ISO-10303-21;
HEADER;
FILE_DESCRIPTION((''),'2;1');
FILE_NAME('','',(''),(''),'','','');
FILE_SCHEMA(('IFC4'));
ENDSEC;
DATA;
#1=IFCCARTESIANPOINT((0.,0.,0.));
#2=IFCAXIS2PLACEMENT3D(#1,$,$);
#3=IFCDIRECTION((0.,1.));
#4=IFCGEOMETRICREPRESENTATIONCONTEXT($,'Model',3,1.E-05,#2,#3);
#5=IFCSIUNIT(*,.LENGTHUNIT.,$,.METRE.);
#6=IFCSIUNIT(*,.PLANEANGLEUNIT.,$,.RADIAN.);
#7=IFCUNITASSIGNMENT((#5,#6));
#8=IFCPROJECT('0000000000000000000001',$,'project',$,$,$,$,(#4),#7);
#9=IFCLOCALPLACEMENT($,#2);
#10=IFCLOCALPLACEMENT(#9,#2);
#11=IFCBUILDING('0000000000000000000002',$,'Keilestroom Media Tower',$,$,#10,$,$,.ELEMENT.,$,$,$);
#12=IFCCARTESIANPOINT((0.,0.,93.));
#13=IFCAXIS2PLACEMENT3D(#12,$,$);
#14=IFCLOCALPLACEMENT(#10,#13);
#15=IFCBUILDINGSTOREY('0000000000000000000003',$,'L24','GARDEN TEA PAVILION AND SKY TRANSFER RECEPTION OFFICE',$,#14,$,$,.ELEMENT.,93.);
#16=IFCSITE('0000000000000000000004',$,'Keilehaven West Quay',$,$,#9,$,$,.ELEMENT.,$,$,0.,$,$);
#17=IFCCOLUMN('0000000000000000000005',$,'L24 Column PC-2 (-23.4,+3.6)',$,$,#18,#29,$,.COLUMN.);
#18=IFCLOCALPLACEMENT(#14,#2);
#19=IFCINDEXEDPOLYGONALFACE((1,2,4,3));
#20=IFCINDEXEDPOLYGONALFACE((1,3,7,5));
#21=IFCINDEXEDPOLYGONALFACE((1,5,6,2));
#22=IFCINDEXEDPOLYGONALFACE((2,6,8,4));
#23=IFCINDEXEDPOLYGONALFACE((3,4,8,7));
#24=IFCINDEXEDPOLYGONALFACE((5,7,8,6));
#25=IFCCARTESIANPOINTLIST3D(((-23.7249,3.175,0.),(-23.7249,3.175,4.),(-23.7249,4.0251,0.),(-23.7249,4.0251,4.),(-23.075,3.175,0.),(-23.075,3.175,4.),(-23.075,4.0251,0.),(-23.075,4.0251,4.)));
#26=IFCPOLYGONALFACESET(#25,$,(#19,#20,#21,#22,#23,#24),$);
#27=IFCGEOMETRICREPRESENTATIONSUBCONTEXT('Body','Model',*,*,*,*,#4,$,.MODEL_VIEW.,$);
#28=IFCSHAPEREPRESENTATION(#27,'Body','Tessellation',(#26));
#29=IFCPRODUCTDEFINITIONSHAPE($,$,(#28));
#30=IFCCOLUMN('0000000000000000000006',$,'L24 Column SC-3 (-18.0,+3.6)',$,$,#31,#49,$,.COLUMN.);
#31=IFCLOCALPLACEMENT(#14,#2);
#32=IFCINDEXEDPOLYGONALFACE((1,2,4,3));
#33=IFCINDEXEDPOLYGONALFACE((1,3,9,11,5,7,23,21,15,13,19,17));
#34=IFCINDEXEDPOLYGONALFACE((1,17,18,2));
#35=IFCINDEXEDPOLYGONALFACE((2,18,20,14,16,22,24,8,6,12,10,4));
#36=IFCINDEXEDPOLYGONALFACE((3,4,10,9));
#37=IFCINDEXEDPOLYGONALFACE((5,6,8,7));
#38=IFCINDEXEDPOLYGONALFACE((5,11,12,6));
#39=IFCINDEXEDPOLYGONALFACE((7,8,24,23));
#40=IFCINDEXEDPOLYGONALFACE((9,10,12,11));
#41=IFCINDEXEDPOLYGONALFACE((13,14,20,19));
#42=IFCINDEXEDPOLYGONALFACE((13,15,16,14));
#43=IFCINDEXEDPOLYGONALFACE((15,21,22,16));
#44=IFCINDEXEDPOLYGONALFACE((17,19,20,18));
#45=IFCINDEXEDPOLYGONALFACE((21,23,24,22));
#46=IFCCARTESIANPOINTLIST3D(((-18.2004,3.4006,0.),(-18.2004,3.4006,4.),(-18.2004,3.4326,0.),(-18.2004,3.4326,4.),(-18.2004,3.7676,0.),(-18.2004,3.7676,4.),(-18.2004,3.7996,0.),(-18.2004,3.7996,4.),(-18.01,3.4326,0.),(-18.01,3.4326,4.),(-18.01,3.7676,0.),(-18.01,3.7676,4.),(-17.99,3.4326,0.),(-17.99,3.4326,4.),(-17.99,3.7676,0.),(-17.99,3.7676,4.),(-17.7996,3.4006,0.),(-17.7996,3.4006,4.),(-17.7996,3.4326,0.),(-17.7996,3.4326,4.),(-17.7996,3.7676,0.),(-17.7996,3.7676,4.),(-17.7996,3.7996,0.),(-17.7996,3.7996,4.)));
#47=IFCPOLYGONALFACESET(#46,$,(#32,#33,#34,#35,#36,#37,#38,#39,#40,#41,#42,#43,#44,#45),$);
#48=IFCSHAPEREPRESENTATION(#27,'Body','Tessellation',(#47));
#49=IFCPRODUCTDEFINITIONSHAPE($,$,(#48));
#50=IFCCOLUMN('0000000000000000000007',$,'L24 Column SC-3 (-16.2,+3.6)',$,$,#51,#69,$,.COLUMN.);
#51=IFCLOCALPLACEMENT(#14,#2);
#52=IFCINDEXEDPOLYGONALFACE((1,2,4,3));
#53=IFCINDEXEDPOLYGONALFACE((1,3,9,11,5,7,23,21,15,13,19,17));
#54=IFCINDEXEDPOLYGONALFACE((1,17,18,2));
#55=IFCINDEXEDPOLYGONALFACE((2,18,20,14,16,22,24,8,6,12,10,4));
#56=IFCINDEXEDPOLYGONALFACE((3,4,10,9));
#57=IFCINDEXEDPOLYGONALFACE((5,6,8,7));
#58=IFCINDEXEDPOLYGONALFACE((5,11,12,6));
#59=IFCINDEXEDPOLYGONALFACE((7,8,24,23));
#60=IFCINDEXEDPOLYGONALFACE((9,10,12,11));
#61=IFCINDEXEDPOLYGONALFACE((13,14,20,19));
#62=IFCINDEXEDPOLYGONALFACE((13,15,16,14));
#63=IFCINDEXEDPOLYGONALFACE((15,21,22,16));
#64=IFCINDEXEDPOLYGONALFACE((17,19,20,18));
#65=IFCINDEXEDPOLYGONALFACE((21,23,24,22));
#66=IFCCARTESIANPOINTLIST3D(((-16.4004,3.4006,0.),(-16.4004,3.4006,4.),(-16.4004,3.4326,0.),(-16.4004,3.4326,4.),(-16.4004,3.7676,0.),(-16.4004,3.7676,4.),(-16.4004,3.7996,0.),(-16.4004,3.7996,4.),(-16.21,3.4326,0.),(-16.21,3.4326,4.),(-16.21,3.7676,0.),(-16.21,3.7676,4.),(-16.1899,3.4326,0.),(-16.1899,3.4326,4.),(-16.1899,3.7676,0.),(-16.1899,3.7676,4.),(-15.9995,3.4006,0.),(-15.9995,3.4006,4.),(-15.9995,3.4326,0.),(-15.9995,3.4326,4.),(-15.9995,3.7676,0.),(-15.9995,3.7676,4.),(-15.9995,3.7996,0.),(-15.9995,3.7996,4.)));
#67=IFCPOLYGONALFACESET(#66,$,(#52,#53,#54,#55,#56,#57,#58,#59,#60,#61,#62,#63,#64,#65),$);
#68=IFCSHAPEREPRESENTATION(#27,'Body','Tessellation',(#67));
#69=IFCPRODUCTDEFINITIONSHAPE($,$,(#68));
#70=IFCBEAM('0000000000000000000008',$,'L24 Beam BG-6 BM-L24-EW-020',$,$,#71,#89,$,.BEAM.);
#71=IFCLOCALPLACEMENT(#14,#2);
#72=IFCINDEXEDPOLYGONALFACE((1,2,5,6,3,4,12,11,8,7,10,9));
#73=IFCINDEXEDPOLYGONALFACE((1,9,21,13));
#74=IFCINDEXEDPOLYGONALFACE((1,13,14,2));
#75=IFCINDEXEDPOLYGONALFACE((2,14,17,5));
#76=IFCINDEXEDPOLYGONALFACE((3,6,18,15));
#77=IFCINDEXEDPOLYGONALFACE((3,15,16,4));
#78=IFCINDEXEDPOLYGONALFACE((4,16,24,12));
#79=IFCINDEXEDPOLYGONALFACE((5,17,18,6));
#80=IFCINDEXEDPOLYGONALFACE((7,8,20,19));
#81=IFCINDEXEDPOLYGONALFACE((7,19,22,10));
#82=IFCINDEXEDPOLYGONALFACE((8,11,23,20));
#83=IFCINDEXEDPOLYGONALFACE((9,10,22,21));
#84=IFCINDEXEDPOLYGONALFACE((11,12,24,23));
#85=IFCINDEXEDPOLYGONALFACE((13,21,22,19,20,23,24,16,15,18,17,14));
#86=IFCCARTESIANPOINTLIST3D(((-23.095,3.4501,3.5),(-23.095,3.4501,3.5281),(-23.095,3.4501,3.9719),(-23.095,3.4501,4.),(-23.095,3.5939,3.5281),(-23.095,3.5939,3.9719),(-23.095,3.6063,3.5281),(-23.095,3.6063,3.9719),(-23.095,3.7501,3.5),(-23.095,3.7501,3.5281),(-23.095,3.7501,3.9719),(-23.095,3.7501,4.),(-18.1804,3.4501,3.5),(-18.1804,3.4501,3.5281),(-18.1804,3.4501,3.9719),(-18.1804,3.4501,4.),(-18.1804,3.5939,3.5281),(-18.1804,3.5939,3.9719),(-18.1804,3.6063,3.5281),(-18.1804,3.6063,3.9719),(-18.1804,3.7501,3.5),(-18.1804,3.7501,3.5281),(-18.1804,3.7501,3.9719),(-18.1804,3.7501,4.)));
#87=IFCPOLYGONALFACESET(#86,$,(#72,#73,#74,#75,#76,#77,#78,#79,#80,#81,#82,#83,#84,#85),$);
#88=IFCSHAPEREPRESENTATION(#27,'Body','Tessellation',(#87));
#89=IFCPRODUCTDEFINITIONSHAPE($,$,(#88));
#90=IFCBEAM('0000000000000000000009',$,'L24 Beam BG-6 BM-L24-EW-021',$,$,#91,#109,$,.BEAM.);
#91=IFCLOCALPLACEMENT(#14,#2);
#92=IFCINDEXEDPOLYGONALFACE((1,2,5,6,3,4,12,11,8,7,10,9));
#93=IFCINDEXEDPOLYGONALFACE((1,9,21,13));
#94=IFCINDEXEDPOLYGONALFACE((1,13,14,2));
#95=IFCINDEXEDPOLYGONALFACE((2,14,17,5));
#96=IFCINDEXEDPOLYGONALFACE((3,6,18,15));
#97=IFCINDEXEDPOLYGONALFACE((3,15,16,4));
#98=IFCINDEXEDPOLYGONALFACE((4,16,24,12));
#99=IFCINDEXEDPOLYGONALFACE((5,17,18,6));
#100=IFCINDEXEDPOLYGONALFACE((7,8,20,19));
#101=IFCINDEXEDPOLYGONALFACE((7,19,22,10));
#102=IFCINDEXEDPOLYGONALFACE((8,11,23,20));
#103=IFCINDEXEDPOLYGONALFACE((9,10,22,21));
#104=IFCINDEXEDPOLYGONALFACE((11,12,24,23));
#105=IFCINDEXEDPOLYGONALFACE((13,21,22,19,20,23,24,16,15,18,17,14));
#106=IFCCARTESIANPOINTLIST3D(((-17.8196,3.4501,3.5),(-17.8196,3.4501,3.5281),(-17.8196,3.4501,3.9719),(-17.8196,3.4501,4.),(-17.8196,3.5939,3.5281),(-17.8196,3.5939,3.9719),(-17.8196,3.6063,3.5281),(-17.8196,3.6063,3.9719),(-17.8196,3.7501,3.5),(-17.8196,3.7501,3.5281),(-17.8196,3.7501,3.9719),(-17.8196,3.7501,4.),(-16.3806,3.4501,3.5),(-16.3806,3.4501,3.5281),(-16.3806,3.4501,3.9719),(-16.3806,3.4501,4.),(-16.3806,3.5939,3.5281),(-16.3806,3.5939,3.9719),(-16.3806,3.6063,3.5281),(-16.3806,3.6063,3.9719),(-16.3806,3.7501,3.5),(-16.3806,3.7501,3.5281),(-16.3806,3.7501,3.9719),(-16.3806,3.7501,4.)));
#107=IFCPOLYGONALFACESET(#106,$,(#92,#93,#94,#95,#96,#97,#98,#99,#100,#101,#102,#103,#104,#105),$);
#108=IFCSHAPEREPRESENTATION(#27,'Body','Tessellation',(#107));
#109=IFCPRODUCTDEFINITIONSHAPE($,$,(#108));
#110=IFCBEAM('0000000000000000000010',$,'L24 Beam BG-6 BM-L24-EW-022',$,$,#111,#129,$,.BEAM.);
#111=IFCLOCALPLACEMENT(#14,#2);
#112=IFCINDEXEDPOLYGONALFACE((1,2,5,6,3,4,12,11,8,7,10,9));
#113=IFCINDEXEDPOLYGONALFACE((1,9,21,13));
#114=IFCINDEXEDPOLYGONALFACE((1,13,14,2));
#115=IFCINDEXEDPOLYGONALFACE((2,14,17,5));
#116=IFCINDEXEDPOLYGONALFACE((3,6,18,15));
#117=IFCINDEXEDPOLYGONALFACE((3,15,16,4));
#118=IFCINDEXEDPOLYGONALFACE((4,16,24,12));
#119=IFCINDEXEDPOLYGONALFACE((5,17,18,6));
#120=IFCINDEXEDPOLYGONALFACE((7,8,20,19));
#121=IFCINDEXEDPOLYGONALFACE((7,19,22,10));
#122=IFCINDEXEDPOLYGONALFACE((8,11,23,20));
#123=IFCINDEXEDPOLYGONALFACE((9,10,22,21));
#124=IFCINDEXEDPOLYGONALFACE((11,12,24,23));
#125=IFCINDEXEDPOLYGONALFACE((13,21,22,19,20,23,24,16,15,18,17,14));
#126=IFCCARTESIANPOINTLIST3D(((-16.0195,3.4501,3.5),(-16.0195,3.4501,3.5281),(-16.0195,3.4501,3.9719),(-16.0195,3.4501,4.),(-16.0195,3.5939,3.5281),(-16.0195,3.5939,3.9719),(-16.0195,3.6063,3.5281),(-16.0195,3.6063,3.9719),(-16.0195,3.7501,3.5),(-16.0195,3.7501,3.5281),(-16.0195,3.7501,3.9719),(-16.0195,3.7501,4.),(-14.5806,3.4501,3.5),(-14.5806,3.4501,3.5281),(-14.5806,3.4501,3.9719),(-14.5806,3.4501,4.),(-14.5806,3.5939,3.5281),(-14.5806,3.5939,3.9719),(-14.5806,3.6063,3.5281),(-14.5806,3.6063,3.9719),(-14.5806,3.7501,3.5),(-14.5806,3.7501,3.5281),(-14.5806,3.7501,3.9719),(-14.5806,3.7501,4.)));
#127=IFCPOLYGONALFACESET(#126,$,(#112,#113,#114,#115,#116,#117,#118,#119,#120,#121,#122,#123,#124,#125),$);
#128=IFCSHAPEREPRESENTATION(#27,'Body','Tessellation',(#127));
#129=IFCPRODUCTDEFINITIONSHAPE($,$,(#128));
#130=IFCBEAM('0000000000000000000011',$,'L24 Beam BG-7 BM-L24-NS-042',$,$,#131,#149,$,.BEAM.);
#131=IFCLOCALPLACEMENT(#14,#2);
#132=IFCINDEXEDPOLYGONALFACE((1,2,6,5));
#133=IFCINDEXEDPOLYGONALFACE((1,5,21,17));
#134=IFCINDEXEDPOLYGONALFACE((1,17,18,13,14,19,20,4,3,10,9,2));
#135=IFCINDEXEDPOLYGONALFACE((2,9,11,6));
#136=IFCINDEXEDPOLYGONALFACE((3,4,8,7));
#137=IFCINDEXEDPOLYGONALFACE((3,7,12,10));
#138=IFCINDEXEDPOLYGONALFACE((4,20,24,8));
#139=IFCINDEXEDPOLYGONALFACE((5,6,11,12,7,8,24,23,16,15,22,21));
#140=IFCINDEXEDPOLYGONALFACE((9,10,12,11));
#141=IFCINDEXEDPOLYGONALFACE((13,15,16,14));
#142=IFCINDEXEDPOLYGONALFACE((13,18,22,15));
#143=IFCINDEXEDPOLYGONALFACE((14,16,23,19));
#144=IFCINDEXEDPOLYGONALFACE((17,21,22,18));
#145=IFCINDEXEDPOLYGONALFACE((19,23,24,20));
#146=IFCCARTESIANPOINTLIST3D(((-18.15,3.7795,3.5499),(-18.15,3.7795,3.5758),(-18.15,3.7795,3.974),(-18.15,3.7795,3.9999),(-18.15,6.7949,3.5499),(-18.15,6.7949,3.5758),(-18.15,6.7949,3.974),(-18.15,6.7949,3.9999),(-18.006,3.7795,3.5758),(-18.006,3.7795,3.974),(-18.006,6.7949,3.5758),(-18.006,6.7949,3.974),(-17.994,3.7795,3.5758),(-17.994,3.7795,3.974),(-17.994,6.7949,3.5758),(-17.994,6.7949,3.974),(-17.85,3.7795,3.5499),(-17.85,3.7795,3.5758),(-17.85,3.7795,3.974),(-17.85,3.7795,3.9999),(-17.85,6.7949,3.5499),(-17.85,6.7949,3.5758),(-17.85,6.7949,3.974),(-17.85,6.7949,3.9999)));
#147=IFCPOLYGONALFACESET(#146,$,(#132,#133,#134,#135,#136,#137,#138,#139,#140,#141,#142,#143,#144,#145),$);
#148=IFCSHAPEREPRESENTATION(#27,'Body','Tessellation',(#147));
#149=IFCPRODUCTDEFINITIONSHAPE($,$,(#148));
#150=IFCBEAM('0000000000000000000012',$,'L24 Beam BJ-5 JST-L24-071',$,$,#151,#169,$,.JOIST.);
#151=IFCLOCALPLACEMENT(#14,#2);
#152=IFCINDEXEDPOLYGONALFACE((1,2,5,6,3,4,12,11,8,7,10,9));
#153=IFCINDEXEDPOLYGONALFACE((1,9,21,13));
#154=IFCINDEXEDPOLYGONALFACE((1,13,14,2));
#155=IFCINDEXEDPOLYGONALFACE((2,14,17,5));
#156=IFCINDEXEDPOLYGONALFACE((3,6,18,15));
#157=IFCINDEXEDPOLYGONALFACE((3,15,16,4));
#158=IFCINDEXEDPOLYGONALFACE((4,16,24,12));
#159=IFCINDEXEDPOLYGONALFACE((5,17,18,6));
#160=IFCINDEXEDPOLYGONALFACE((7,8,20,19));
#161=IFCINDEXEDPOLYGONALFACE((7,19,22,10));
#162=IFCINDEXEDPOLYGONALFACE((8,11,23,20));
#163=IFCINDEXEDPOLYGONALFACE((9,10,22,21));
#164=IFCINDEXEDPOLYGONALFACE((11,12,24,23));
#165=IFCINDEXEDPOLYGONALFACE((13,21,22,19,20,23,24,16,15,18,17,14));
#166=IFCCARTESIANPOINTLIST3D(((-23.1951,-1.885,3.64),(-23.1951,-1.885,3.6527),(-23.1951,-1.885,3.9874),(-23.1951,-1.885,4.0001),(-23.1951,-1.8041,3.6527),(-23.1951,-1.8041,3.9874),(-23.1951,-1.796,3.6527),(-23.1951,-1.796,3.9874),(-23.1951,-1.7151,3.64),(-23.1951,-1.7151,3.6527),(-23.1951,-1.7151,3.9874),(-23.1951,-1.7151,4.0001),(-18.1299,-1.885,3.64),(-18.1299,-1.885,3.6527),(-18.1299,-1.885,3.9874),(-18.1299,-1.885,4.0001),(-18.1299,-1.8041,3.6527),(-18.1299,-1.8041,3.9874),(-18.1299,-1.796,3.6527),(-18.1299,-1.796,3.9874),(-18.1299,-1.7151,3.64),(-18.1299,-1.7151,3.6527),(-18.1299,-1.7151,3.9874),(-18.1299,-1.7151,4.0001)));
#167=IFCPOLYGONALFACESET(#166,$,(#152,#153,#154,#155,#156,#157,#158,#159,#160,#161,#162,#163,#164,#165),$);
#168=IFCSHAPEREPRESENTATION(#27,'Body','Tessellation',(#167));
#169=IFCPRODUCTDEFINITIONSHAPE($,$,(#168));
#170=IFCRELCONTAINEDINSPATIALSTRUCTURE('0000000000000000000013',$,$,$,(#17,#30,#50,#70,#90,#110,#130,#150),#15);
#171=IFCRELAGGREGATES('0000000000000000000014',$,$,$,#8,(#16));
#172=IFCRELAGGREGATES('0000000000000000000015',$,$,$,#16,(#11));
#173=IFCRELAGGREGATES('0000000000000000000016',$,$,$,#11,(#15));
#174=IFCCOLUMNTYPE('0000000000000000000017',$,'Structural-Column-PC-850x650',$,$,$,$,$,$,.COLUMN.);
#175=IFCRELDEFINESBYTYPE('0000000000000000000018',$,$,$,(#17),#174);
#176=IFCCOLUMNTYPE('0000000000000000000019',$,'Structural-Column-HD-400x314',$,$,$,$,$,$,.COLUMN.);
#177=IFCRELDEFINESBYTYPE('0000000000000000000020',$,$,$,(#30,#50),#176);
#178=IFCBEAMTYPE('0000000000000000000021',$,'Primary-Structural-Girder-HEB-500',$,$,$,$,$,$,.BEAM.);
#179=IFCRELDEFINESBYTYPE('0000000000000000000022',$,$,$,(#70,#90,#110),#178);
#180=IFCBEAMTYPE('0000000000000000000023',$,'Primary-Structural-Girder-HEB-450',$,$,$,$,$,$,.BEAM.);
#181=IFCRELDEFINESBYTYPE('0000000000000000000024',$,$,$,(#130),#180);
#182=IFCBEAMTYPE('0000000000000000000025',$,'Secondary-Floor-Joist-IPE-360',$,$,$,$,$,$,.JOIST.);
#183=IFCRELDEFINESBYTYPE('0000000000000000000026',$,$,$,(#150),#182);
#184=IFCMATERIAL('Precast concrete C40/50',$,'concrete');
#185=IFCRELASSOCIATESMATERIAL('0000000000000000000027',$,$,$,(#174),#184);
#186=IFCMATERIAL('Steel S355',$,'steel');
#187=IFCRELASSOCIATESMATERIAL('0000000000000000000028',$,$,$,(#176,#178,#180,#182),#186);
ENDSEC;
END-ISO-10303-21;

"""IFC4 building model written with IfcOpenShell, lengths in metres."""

from ifc_helpers import new_model, si_unit, direction, frame, origin, origin_2d, place, context, subcontext, project, spatial, rectangle, i_section, extrude, source, transform, mapped, material, material_profile, profile_set, type_object, element, save


model = new_model("IFC4")

# Units and contexts
model_context = context("Model", 3, precision=1e-05, world=origin(), true_north=direction((0.0, 1.0)))
body_context = subcontext(model_context, "Body", "Model", "MODEL_VIEW")
ifc_project = project(units=[si_unit("LENGTHUNIT", "METRE"), si_unit("PLANEANGLEUNIT", "RADIAN")], contexts=[model_context])

# Site, building, storey
site_placement = place(None, origin())
site = spatial("IfcSite", under=ifc_project, at=site_placement, Name="Keilehaven West Quay", CompositionType="ELEMENT", RefElevation=0.0)
building_placement = place(site_placement, origin())
building = spatial("IfcBuilding", under=site, at=building_placement, Name="Keilestroom Media Tower", CompositionType="ELEMENT")
storey_placement = place(building_placement, frame((0.0, 0.0, 93.0)))
storey = spatial("IfcBuildingStorey", under=building, at=storey_placement, Name="L24", Description="GARDEN TEA PAVILION AND SKY TRANSFER RECEPTION OFFICE", CompositionType="ELEMENT", Elevation=93.0)

# Columns
ifc_material_1 = material(Name="Precast concrete C40/50", Category="concrete")
ifc_material_profile_1 = material_profile(ifc_material_1, rectangle(XDim=0.6499, YDim=0.8501, at=origin_2d()), Name="PC 850x650")
ifc_profile_set_1 = profile_set([ifc_material_profile_1], Name="Precast concrete C40/50")
column_type_1 = type_object("IfcColumnType", Name="Structural-Column-PC-850x650", PredefinedType="COLUMN", material=ifc_profile_set_1)
shared_shape_1 = source(origin(), body_context, "Body", "SweptSolid", [
    extrude(rectangle(XDim=0.6499, YDim=0.8501, at=origin_2d()), origin(), (0.0, 0.0, 1.0), 4.0),
])
column_placement = place(storey_placement, frame((-23.3999, 3.6001, 0.0), z_axis=(0.0, 0.0, 1.0), x_axis=(1.0, 0.0, 0.0)))
element("IfcColumn", 1, at=column_placement, inside=storey, type_object=column_type_1, Name="L24 Column PC-2 (-23.4,+3.6)", PredefinedType="COLUMN", context=body_context, shape_type="MappedRepresentation", body=[
    mapped(shared_shape_1, transform((0.0, 0.0, 0.0), x_axis=(1.0, 0.0, 0.0), y_axis=(0.0, 1.0, 0.0), z_axis=(0.0, 0.0, 1.0), scale=1.0)),
])
ifc_material_2 = material(Name="Steel S355", Category="steel")
ifc_material_profile_2 = material_profile(ifc_material_2, i_section(OverallWidth=0.4009, OverallDepth=0.3989, WebThickness=0.02, FlangeThickness=0.032, at=origin_2d()), Name="HD 400x314")
ifc_profile_set_2 = profile_set([ifc_material_profile_2], Name="Steel S355")
column_type_2 = type_object("IfcColumnType", Name="Structural-Column-HD-400x314", PredefinedType="COLUMN", material=ifc_profile_set_2)
shared_shape_2 = source(origin(), body_context, "Body", "SweptSolid", [
    extrude(i_section(OverallWidth=0.4009, OverallDepth=0.3989, WebThickness=0.02, FlangeThickness=0.032, at=origin_2d()), origin(), (0.0, 0.0, 1.0), 4.0),
])
for number, where, z_axis, x_axis, name in (
    (2, (-18.0, 3.6001, 0.0), (0.0, 0.0, 1.0), (1.0, 0.0, 0.0), "L24 Column SC-3 (-18.0,+3.6)"),
    (3, (-16.2, 3.6001, 0.0), (0.0, 0.0, 1.0), (1.0, 0.0, 0.0), "L24 Column SC-3 (-16.2,+3.6)"),
):
    element("IfcColumn", number, at=place(storey_placement, frame(where, z_axis=z_axis, x_axis=x_axis)), inside=storey, type_object=column_type_2, Name=name, PredefinedType="COLUMN", context=body_context, shape_type="MappedRepresentation", body=[
        mapped(shared_shape_2, transform((0.0, 0.0, 0.0), x_axis=(1.0, 0.0, 0.0), y_axis=(0.0, 1.0, 0.0), z_axis=(0.0, 0.0, 1.0), scale=1.0)),
    ])

# Beams
ifc_material_profile_3 = material_profile(ifc_material_2, i_section(OverallWidth=0.3, OverallDepth=0.5, WebThickness=0.0125, FlangeThickness=0.0281, at=origin_2d()), Name="HEB 500")
ifc_profile_set_3 = profile_set([ifc_material_profile_3], Name="Steel S355")
beam_type_1 = type_object("IfcBeamType", Name="Primary-Structural-Girder-HEB-500", PredefinedType="BEAM", material=ifc_profile_set_3)
shared_shape_3 = source(origin(), body_context, "Body", "SweptSolid", [
    extrude(i_section(OverallWidth=0.3, OverallDepth=0.5, WebThickness=0.0125, FlangeThickness=0.0281, at=origin_2d()), origin(), (0.0, 0.0, 1.0), 4.9146),
])
beam_1_placement = place(storey_placement, frame((-23.095, 3.6001, 3.75), z_axis=(1.0, 0.0, 0.0), x_axis=(0.0, 1.0, 0.0)))
element("IfcBeam", 4, at=beam_1_placement, inside=storey, type_object=beam_type_1, Name="L24 Beam BG-6 BM-L24-EW-020", PredefinedType="BEAM", context=body_context, shape_type="MappedRepresentation", body=[
    mapped(shared_shape_3, transform((0.0, 0.0, 0.0), x_axis=(1.0, 0.0, 0.0), y_axis=(0.0, 1.0, 0.0), z_axis=(0.0, 0.0, 1.0), scale=1.0)),
])
shared_shape_4 = source(origin(), body_context, "Body", "SweptSolid", [
    extrude(i_section(OverallWidth=0.3, OverallDepth=0.5, WebThickness=0.0125, FlangeThickness=0.0281, at=origin_2d()), origin(), (0.0, 0.0, 1.0), 1.439),
])
for number, where, z_axis, x_axis, name in (
    (5, (-17.8196, 3.6001, 3.75), (1.0, 0.0, 0.0), (0.0, 1.0, 0.0), "L24 Beam BG-6 BM-L24-EW-021"),
    (6, (-16.0195, 3.6001, 3.75), (1.0, 0.0, 0.0), (0.0, 1.0, 0.0), "L24 Beam BG-6 BM-L24-EW-022"),
):
    element("IfcBeam", number, at=place(storey_placement, frame(where, z_axis=z_axis, x_axis=x_axis)), inside=storey, type_object=beam_type_1, Name=name, PredefinedType="BEAM", context=body_context, shape_type="MappedRepresentation", body=[
        mapped(shared_shape_4, transform((0.0, 0.0, 0.0), x_axis=(1.0, 0.0, 0.0), y_axis=(0.0, 1.0, 0.0), z_axis=(0.0, 0.0, 1.0), scale=1.0)),
    ])
ifc_material_profile_4 = material_profile(ifc_material_2, i_section(OverallWidth=0.3, OverallDepth=0.45, WebThickness=0.012, FlangeThickness=0.0259, at=origin_2d()), Name="HEB 450")
ifc_profile_set_4 = profile_set([ifc_material_profile_4], Name="Steel S355")
beam_type_2 = type_object("IfcBeamType", Name="Primary-Structural-Girder-HEB-450", PredefinedType="BEAM", material=ifc_profile_set_4)
shared_shape_5 = source(origin(), body_context, "Body", "SweptSolid", [
    extrude(i_section(OverallWidth=0.3, OverallDepth=0.45, WebThickness=0.012, FlangeThickness=0.0259, at=origin_2d()), origin(), (0.0, 0.0, 1.0), 3.0154),
])
beam_2_placement = place(storey_placement, frame((-18.0, 3.7795, 3.7749), z_axis=(0.0, 1.0, 0.0), x_axis=(-1.0, 0.0, 0.0)))
element("IfcBeam", 7, at=beam_2_placement, inside=storey, type_object=beam_type_2, Name="L24 Beam BG-7 BM-L24-NS-042", PredefinedType="BEAM", context=body_context, shape_type="MappedRepresentation", body=[
    mapped(shared_shape_5, transform((0.0, 0.0, 0.0), x_axis=(1.0, 0.0, 0.0), y_axis=(0.0, 1.0, 0.0), z_axis=(0.0, 0.0, 1.0), scale=1.0)),
])
ifc_material_profile_5 = material_profile(ifc_material_2, i_section(OverallWidth=0.1699, OverallDepth=0.3601, WebThickness=0.0081, FlangeThickness=0.0127, at=origin_2d()), Name="IPE 360")
ifc_profile_set_5 = profile_set([ifc_material_profile_5], Name="Steel S355")
beam_type_3 = type_object("IfcBeamType", Name="Secondary-Floor-Joist-IPE-360", PredefinedType="JOIST", material=ifc_profile_set_5)
shared_shape_6 = source(origin(), body_context, "Body", "SweptSolid", [
    extrude(i_section(OverallWidth=0.1699, OverallDepth=0.3601, WebThickness=0.0081, FlangeThickness=0.0127, at=origin_2d()), origin(), (0.0, 0.0, 1.0), 5.0652),
])
for number, where, z_axis, x_axis, name in (
    (8, (-23.1951, -1.8, 3.8201), (1.0, 0.0, 0.0), (0.0, 1.0, 0.0), "L24 Beam BJ-5 JST-L24-071"),
):
    element("IfcBeam", number, at=place(storey_placement, frame(where, z_axis=z_axis, x_axis=x_axis)), inside=storey, type_object=beam_type_3, Name=name, PredefinedType="JOIST", context=body_context, shape_type="MappedRepresentation", body=[
        mapped(shared_shape_6, transform((0.0, 0.0, 0.0), x_axis=(1.0, 0.0, 0.0), y_axis=(0.0, 1.0, 0.0), z_axis=(0.0, 0.0, 1.0), scale=1.0)),
    ])

save(model, "model.ifc")
